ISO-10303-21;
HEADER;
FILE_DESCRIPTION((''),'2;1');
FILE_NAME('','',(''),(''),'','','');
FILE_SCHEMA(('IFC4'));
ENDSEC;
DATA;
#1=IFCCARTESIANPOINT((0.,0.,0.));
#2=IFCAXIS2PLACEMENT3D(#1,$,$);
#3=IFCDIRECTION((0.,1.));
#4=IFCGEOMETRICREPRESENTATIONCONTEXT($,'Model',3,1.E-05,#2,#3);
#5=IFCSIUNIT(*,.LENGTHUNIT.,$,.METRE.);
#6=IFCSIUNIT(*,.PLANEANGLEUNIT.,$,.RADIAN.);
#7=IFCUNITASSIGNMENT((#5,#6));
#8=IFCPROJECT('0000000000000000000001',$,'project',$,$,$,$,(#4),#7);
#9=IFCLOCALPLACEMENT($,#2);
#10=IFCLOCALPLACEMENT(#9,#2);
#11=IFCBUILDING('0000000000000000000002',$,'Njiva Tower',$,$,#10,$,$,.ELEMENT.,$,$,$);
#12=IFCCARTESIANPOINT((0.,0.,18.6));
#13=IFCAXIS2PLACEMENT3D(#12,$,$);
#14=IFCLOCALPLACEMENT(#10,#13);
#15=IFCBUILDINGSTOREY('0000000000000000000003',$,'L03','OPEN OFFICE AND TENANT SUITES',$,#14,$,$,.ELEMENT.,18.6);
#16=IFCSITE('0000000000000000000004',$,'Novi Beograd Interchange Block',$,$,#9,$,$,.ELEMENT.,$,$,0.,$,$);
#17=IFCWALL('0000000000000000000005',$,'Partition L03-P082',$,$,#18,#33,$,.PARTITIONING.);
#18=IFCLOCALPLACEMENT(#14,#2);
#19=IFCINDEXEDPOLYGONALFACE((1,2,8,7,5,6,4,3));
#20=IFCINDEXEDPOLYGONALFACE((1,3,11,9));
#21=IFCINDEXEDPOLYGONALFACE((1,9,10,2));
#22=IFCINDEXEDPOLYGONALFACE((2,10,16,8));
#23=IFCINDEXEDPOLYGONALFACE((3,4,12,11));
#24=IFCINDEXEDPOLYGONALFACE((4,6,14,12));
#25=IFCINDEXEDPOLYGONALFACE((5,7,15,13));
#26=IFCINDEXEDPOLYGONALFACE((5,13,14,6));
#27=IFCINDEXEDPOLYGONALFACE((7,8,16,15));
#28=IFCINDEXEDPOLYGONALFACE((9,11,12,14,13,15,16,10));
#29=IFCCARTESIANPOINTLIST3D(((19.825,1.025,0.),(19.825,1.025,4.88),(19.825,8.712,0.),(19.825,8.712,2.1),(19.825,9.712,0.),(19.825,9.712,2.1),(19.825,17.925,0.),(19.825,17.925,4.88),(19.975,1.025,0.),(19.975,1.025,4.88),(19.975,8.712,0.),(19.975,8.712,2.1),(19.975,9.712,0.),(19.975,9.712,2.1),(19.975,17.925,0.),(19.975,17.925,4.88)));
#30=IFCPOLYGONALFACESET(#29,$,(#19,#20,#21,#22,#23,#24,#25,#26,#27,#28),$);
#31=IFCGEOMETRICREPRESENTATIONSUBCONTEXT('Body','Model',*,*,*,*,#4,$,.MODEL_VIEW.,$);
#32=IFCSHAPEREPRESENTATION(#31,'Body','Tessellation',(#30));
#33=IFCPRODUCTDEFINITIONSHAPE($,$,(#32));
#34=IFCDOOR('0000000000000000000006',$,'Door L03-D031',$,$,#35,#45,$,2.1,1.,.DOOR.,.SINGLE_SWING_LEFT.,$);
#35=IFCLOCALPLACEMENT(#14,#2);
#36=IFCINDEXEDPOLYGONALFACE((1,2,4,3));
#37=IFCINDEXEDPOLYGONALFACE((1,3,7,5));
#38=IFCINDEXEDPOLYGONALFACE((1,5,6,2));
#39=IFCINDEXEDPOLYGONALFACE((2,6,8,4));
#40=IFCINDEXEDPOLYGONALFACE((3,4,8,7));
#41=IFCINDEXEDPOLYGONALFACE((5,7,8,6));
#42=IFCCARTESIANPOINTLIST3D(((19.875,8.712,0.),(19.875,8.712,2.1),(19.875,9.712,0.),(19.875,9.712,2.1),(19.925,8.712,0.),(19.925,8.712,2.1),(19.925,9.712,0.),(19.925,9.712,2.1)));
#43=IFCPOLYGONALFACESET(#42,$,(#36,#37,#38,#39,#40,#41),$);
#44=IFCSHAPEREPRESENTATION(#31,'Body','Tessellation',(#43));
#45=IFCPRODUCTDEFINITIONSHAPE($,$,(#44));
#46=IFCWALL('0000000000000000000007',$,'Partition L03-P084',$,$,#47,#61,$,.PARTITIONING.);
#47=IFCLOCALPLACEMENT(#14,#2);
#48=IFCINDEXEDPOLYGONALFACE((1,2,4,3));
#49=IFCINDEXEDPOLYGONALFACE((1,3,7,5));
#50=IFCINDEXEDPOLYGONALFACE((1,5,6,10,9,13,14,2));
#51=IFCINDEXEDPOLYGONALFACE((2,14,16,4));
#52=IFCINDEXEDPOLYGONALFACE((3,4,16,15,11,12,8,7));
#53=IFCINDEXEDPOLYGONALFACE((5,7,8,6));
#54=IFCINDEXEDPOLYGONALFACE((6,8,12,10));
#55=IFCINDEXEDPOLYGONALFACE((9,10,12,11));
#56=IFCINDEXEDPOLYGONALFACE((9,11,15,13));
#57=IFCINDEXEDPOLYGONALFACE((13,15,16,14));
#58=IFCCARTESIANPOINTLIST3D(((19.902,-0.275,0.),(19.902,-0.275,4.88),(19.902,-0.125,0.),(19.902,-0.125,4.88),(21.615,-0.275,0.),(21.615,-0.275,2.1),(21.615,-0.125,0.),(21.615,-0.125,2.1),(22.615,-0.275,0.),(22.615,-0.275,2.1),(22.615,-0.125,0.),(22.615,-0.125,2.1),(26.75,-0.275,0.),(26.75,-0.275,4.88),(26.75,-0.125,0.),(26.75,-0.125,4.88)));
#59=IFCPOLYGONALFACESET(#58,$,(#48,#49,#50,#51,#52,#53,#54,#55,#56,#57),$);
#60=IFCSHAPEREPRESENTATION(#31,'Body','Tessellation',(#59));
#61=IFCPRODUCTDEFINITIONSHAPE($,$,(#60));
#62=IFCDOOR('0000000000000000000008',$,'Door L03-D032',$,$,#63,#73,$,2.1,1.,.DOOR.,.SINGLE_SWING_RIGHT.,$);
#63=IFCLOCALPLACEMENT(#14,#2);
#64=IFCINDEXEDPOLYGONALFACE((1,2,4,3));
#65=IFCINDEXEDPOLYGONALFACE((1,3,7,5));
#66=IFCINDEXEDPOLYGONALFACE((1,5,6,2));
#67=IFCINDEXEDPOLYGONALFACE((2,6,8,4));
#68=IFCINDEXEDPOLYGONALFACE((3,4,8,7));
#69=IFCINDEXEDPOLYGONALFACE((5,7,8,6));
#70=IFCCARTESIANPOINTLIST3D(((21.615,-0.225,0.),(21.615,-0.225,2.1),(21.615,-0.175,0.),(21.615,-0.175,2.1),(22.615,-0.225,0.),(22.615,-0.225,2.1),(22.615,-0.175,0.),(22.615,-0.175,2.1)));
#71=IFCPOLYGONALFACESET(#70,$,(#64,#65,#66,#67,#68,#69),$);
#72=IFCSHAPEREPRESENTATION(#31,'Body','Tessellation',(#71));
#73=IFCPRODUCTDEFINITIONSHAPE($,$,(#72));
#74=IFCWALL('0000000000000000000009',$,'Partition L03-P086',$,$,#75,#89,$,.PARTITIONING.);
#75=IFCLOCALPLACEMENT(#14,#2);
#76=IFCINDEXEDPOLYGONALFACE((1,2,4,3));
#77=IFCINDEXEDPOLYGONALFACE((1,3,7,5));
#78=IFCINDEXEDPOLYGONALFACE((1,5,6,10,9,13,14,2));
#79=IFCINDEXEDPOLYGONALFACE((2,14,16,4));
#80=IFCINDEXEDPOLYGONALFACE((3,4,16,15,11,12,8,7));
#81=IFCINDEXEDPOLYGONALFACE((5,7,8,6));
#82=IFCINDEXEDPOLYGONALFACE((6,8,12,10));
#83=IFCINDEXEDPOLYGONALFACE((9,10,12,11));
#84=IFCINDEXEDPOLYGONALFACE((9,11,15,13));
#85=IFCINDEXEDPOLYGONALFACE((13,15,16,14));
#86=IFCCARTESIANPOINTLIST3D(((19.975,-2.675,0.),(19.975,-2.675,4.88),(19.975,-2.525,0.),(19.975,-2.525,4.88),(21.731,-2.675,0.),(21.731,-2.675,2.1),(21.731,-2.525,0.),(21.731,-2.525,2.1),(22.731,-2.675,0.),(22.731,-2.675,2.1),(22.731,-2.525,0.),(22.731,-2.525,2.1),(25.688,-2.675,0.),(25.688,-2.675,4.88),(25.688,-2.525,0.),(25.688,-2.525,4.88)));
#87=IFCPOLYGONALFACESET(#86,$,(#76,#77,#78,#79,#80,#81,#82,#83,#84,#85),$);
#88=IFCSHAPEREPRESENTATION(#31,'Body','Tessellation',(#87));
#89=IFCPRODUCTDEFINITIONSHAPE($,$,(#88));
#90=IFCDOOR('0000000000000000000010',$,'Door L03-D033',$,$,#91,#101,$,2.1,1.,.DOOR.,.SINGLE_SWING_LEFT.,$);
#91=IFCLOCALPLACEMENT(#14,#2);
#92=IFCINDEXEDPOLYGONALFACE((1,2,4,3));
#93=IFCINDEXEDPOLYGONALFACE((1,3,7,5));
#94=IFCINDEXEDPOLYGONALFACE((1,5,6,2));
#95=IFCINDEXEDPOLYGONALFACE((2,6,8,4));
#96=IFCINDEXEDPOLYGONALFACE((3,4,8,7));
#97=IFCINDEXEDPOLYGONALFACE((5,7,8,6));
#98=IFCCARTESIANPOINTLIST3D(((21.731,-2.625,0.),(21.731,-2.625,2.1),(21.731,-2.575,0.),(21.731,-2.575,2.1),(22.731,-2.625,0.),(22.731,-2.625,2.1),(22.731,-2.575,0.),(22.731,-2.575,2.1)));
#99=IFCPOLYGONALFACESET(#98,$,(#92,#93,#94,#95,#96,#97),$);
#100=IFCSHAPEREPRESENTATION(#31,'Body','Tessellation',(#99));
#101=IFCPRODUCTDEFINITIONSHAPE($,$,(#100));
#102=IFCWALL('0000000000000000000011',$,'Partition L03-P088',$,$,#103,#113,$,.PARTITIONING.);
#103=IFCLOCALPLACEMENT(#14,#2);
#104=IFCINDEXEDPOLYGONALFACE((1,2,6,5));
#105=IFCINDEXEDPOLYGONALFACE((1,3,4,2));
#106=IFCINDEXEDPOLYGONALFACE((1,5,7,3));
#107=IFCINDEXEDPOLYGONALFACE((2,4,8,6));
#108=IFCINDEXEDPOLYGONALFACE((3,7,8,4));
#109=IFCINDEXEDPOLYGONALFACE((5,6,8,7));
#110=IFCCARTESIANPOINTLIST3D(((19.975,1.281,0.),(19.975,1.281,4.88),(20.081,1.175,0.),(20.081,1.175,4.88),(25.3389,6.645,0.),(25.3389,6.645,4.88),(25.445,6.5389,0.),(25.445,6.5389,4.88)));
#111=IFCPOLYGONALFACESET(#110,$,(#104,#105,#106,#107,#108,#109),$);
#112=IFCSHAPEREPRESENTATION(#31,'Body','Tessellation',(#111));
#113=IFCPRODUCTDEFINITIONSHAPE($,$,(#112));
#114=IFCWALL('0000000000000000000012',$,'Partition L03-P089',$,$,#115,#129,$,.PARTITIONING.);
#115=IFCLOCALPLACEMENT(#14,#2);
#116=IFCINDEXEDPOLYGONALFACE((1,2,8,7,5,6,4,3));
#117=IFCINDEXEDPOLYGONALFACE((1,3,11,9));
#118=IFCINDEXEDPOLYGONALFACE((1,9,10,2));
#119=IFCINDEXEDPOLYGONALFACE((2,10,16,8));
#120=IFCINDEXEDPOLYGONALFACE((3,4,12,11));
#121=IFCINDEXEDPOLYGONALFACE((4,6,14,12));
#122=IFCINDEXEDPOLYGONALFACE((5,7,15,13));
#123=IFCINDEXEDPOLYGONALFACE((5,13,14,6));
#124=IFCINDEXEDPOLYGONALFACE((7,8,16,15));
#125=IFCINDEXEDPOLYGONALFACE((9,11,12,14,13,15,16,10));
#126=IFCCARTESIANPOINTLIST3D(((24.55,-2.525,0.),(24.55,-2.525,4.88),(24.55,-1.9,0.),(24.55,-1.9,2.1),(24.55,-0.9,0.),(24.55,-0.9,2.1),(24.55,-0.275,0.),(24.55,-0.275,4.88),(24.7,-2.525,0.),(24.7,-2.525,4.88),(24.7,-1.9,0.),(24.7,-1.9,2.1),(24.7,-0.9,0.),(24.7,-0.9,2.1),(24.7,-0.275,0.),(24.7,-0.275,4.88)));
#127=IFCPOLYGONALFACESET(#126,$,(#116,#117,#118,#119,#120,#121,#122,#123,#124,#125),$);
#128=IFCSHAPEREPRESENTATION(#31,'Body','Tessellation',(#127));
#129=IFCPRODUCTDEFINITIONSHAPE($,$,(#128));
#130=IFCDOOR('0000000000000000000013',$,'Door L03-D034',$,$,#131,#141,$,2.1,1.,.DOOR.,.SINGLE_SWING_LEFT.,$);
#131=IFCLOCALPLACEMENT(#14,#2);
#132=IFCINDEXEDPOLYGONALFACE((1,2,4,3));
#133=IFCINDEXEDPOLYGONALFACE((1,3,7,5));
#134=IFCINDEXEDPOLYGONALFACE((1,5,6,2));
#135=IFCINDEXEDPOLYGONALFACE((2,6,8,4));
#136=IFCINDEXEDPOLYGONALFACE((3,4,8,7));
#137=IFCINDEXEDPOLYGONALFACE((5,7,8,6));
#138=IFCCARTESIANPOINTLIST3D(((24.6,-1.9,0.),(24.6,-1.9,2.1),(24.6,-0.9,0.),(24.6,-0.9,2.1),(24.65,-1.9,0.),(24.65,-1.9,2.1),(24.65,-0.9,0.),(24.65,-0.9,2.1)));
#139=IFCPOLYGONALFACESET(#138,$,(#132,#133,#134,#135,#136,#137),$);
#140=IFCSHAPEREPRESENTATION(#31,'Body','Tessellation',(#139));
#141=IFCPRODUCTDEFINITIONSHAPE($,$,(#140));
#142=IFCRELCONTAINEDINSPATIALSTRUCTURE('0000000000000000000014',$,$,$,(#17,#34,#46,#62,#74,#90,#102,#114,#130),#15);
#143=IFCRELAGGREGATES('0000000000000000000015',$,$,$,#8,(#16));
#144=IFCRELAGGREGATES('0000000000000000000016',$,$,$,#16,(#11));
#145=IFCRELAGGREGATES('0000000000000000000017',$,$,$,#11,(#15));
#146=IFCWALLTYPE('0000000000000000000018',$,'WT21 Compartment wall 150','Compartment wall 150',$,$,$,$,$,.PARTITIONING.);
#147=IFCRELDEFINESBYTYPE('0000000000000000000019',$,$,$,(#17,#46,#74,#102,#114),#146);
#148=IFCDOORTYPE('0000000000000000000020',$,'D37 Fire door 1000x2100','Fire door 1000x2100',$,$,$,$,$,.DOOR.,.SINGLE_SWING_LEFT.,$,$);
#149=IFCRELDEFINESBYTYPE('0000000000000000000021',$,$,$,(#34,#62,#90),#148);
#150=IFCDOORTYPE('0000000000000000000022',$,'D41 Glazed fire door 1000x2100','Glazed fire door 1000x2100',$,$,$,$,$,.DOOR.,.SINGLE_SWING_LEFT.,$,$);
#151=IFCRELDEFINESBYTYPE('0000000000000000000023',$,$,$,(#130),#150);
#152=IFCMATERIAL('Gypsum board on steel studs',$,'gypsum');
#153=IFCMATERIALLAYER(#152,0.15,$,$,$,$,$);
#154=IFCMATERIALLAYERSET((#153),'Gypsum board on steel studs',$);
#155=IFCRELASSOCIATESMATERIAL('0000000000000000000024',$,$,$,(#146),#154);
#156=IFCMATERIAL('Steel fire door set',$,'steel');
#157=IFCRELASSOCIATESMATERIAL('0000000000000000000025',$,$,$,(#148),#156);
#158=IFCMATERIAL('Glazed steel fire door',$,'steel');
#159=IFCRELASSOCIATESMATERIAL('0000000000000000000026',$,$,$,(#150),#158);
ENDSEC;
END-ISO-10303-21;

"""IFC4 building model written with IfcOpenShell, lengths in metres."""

from ifc_helpers import new_model, si_unit, direction, frame, frame_2d, origin, place, context, subcontext, project, spatial, rectangle, extrude, material, layer, layer_set, type_object, element, fill, save


model = new_model("IFC4")

# Units and contexts
model_context = context("Model", 3, precision=1e-05, world=origin(), true_north=direction((0.0, 1.0)))
body_context = subcontext(model_context, "Body", "Model", "MODEL_VIEW")
ifc_project = project(units=[si_unit("LENGTHUNIT", "METRE"), si_unit("PLANEANGLEUNIT", "RADIAN")], contexts=[model_context])

# Site, building, storey
site_placement = place(None, origin())
site = spatial("IfcSite", under=ifc_project, at=site_placement, Name="Novi Beograd Interchange Block", CompositionType="ELEMENT", RefElevation=0.0)
building_placement = place(site_placement, origin())
building = spatial("IfcBuilding", under=site, at=building_placement, Name="Njiva Tower", CompositionType="ELEMENT")
storey_placement = place(building_placement, frame((0.0, 0.0, 18.6)))
storey = spatial("IfcBuildingStorey", under=building, at=storey_placement, Name="L03", Description="OPEN OFFICE AND TENANT SUITES", CompositionType="ELEMENT", Elevation=18.6)

# Shared definitions
ifc_material_1 = material(Name="Glazed steel fire door", Category="steel")

# Shared definitions
ifc_material_2 = material(Name="Gypsum board on steel studs", Category="gypsum")
ifc_layer_1 = layer(ifc_material_2, 0.15)
ifc_layer_set_1 = layer_set([ifc_layer_1], Name="Gypsum board on steel studs")
wall_type_1 = type_object("IfcWallType", Name="WT21 Compartment wall 150", Description="Compartment wall 150", PredefinedType="PARTITIONING", material=ifc_layer_set_1)

# Walls, openings, doors
wall_1_placement = place(storey_placement, frame((19.9, 1.025, 0.0), z_axis=(0.0, 0.0, 1.0), x_axis=(0.0, 1.0, 0.0)))
wall_1 = element("IfcWall", 1, at=wall_1_placement, inside=storey, type_object=wall_type_1, Name="Partition L03-P082", PredefinedType="PARTITIONING", context=body_context, shape_type="SweptSolid", body=[
    extrude(rectangle(XDim=16.9, YDim=0.15, at=frame_2d((8.45, 0.0))), origin(), (0.0, 0.0, 1.0), 4.88),
])
opening_1_placement = place(wall_1_placement, frame((7.687, 0.0, 0.0)))
opening_1 = element("IfcOpeningElement", 2, at=opening_1_placement, cuts=wall_1, PredefinedType="OPENING", context=body_context, shape_type="SweptSolid", body=[
    extrude(rectangle(XDim=1.0, YDim=2.1, at=frame_2d((0.5, 1.05))), frame((0.0, 0.085, 0.0), z_axis=(0.0, -1.0, 0.0), x_axis=(1.0, 0.0, 0.0)), (0.0, 0.0, 1.0), 0.17),
])
ifc_material_3 = material(Name="Steel fire door set", Category="steel")
door_type_1 = type_object("IfcDoorType", Name="D37 Fire door 1000x2100", Description="Fire door 1000x2100", OperationType="SINGLE_SWING_LEFT", PredefinedType="DOOR", material=ifc_material_3)
door_1_placement = place(opening_1_placement, origin())
door_1 = element("IfcDoor", 3, at=door_1_placement, inside=storey, type_object=door_type_1, Name="Door L03-D031", OperationType="SINGLE_SWING_LEFT", OverallHeight=2.1, OverallWidth=1.0, PredefinedType="DOOR", context=body_context, shape_type="SweptSolid", body=[
    extrude(rectangle(XDim=1.0, YDim=2.1, at=frame_2d((0.5, 1.05))), frame((0.0, 0.025, 0.0), z_axis=(0.0, -1.0, 0.0), x_axis=(1.0, 0.0, 0.0)), (0.0, 0.0, 1.0), 0.05),
])
fill(opening_1, door_1)
wall_2_placement = place(storey_placement, frame((19.902, -0.2, 0.0), z_axis=(0.0, 0.0, 1.0), x_axis=(1.0, 0.0, 0.0)))
wall_2 = element("IfcWall", 4, at=wall_2_placement, inside=storey, type_object=wall_type_1, Name="Partition L03-P084", PredefinedType="PARTITIONING", context=body_context, shape_type="SweptSolid", body=[
    extrude(rectangle(XDim=6.848, YDim=0.15, at=frame_2d((3.424, 0.0))), origin(), (0.0, 0.0, 1.0), 4.88),
])
opening_2_placement = place(wall_2_placement, frame((1.713, 0.0, 0.0)))
opening_2 = element("IfcOpeningElement", 5, at=opening_2_placement, cuts=wall_2, PredefinedType="OPENING", context=body_context, shape_type="SweptSolid", body=[
    extrude(rectangle(XDim=1.0, YDim=2.1, at=frame_2d((0.5, 1.05))), frame((0.0, 0.085, 0.0), z_axis=(0.0, -1.0, 0.0), x_axis=(1.0, 0.0, 0.0)), (0.0, 0.0, 1.0), 0.17),
])
door_2_placement = place(opening_2_placement, origin())
door_2 = element("IfcDoor", 6, at=door_2_placement, inside=storey, type_object=door_type_1, Name="Door L03-D032", OperationType="SINGLE_SWING_RIGHT", OverallHeight=2.1, OverallWidth=1.0, PredefinedType="DOOR", context=body_context, shape_type="SweptSolid", body=[
    extrude(rectangle(XDim=1.0, YDim=2.1, at=frame_2d((0.5, 1.05))), frame((0.0, 0.025, 0.0), z_axis=(0.0, -1.0, 0.0), x_axis=(1.0, 0.0, 0.0)), (0.0, 0.0, 1.0), 0.05),
])
fill(opening_2, door_2)
wall_3_placement = place(storey_placement, frame((19.975, -2.6, 0.0), z_axis=(0.0, 0.0, 1.0), x_axis=(1.0, 0.0, 0.0)))
wall_3 = element("IfcWall", 7, at=wall_3_placement, inside=storey, type_object=wall_type_1, Name="Partition L03-P086", PredefinedType="PARTITIONING", context=body_context, shape_type="SweptSolid", body=[
    extrude(rectangle(XDim=5.713, YDim=0.15, at=frame_2d((2.8565, 0.0))), origin(), (0.0, 0.0, 1.0), 4.88),
])
opening_3_placement = place(wall_3_placement, frame((1.756, 0.0, 0.0)))
opening_3 = element("IfcOpeningElement", 8, at=opening_3_placement, cuts=wall_3, PredefinedType="OPENING", context=body_context, shape_type="SweptSolid", body=[
    extrude(rectangle(XDim=1.0, YDim=2.1, at=frame_2d((0.5, 1.05))), frame((0.0, 0.085, 0.0), z_axis=(0.0, -1.0, 0.0), x_axis=(1.0, 0.0, 0.0)), (0.0, 0.0, 1.0), 0.17),
])
door_3_placement = place(opening_3_placement, origin())
door_3 = element("IfcDoor", 9, at=door_3_placement, inside=storey, type_object=door_type_1, Name="Door L03-D033", OperationType="SINGLE_SWING_LEFT", OverallHeight=2.1, OverallWidth=1.0, PredefinedType="DOOR", context=body_context, shape_type="SweptSolid", body=[
    extrude(rectangle(XDim=1.0, YDim=2.1, at=frame_2d((0.5, 1.05))), frame((0.0, 0.025, 0.0), z_axis=(0.0, -1.0, 0.0), x_axis=(1.0, 0.0, 0.0)), (0.0, 0.0, 1.0), 0.05),
])
fill(opening_3, door_3)

# Wall
wall_4_placement = place(storey_placement, frame((20.028, 1.228, 0.0), z_axis=(0.0, 0.0, 1.0), x_axis=(0.707107, 0.707107, 0.0)))
element("IfcWall", 10, at=wall_4_placement, inside=storey, type_object=wall_type_1, Name="Partition L03-P088", PredefinedType="PARTITIONING", context=body_context, shape_type="SweptSolid", body=[
    extrude(rectangle(XDim=7.5858, YDim=0.15, at=frame_2d((3.7929, 0.0))), origin(), (0.0, 0.0, 1.0), 4.88),
])

# Wall, opening, door
wall_5_placement = place(storey_placement, frame((24.625, -2.525, 0.0), z_axis=(0.0, 0.0, 1.0), x_axis=(0.0, 1.0, 0.0)))
wall_5 = element("IfcWall", 11, at=wall_5_placement, inside=storey, type_object=wall_type_1, Name="Partition L03-P089", PredefinedType="PARTITIONING", context=body_context, shape_type="SweptSolid", body=[
    extrude(rectangle(XDim=2.25, YDim=0.15, at=frame_2d((1.125, 0.0))), origin(), (0.0, 0.0, 1.0), 4.88),
])
opening_4_placement = place(wall_5_placement, frame((0.625, 0.0, 0.0)))
opening_4 = element("IfcOpeningElement", 12, at=opening_4_placement, cuts=wall_5, PredefinedType="OPENING", context=body_context, shape_type="SweptSolid", body=[
    extrude(rectangle(XDim=1.0, YDim=2.1, at=frame_2d((0.5, 1.05))), frame((0.0, 0.085, 0.0), z_axis=(0.0, -1.0, 0.0), x_axis=(1.0, 0.0, 0.0)), (0.0, 0.0, 1.0), 0.17),
])
door_type_2 = type_object("IfcDoorType", Name="D41 Glazed fire door 1000x2100", Description="Glazed fire door 1000x2100", OperationType="SINGLE_SWING_LEFT", PredefinedType="DOOR", material=ifc_material_1)
door_4_placement = place(opening_4_placement, origin())
door_4 = element("IfcDoor", 13, at=door_4_placement, inside=storey, type_object=door_type_2, Name="Door L03-D034", OperationType="SINGLE_SWING_LEFT", OverallHeight=2.1, OverallWidth=1.0, PredefinedType="DOOR", context=body_context, shape_type="SweptSolid", body=[
    extrude(rectangle(XDim=1.0, YDim=2.1, at=frame_2d((0.5, 1.05))), frame((0.0, 0.025, 0.0), z_axis=(0.0, -1.0, 0.0), x_axis=(1.0, 0.0, 0.0)), (0.0, 0.0, 1.0), 0.05),
])
fill(opening_4, door_4)

save(model, "model.ifc")
